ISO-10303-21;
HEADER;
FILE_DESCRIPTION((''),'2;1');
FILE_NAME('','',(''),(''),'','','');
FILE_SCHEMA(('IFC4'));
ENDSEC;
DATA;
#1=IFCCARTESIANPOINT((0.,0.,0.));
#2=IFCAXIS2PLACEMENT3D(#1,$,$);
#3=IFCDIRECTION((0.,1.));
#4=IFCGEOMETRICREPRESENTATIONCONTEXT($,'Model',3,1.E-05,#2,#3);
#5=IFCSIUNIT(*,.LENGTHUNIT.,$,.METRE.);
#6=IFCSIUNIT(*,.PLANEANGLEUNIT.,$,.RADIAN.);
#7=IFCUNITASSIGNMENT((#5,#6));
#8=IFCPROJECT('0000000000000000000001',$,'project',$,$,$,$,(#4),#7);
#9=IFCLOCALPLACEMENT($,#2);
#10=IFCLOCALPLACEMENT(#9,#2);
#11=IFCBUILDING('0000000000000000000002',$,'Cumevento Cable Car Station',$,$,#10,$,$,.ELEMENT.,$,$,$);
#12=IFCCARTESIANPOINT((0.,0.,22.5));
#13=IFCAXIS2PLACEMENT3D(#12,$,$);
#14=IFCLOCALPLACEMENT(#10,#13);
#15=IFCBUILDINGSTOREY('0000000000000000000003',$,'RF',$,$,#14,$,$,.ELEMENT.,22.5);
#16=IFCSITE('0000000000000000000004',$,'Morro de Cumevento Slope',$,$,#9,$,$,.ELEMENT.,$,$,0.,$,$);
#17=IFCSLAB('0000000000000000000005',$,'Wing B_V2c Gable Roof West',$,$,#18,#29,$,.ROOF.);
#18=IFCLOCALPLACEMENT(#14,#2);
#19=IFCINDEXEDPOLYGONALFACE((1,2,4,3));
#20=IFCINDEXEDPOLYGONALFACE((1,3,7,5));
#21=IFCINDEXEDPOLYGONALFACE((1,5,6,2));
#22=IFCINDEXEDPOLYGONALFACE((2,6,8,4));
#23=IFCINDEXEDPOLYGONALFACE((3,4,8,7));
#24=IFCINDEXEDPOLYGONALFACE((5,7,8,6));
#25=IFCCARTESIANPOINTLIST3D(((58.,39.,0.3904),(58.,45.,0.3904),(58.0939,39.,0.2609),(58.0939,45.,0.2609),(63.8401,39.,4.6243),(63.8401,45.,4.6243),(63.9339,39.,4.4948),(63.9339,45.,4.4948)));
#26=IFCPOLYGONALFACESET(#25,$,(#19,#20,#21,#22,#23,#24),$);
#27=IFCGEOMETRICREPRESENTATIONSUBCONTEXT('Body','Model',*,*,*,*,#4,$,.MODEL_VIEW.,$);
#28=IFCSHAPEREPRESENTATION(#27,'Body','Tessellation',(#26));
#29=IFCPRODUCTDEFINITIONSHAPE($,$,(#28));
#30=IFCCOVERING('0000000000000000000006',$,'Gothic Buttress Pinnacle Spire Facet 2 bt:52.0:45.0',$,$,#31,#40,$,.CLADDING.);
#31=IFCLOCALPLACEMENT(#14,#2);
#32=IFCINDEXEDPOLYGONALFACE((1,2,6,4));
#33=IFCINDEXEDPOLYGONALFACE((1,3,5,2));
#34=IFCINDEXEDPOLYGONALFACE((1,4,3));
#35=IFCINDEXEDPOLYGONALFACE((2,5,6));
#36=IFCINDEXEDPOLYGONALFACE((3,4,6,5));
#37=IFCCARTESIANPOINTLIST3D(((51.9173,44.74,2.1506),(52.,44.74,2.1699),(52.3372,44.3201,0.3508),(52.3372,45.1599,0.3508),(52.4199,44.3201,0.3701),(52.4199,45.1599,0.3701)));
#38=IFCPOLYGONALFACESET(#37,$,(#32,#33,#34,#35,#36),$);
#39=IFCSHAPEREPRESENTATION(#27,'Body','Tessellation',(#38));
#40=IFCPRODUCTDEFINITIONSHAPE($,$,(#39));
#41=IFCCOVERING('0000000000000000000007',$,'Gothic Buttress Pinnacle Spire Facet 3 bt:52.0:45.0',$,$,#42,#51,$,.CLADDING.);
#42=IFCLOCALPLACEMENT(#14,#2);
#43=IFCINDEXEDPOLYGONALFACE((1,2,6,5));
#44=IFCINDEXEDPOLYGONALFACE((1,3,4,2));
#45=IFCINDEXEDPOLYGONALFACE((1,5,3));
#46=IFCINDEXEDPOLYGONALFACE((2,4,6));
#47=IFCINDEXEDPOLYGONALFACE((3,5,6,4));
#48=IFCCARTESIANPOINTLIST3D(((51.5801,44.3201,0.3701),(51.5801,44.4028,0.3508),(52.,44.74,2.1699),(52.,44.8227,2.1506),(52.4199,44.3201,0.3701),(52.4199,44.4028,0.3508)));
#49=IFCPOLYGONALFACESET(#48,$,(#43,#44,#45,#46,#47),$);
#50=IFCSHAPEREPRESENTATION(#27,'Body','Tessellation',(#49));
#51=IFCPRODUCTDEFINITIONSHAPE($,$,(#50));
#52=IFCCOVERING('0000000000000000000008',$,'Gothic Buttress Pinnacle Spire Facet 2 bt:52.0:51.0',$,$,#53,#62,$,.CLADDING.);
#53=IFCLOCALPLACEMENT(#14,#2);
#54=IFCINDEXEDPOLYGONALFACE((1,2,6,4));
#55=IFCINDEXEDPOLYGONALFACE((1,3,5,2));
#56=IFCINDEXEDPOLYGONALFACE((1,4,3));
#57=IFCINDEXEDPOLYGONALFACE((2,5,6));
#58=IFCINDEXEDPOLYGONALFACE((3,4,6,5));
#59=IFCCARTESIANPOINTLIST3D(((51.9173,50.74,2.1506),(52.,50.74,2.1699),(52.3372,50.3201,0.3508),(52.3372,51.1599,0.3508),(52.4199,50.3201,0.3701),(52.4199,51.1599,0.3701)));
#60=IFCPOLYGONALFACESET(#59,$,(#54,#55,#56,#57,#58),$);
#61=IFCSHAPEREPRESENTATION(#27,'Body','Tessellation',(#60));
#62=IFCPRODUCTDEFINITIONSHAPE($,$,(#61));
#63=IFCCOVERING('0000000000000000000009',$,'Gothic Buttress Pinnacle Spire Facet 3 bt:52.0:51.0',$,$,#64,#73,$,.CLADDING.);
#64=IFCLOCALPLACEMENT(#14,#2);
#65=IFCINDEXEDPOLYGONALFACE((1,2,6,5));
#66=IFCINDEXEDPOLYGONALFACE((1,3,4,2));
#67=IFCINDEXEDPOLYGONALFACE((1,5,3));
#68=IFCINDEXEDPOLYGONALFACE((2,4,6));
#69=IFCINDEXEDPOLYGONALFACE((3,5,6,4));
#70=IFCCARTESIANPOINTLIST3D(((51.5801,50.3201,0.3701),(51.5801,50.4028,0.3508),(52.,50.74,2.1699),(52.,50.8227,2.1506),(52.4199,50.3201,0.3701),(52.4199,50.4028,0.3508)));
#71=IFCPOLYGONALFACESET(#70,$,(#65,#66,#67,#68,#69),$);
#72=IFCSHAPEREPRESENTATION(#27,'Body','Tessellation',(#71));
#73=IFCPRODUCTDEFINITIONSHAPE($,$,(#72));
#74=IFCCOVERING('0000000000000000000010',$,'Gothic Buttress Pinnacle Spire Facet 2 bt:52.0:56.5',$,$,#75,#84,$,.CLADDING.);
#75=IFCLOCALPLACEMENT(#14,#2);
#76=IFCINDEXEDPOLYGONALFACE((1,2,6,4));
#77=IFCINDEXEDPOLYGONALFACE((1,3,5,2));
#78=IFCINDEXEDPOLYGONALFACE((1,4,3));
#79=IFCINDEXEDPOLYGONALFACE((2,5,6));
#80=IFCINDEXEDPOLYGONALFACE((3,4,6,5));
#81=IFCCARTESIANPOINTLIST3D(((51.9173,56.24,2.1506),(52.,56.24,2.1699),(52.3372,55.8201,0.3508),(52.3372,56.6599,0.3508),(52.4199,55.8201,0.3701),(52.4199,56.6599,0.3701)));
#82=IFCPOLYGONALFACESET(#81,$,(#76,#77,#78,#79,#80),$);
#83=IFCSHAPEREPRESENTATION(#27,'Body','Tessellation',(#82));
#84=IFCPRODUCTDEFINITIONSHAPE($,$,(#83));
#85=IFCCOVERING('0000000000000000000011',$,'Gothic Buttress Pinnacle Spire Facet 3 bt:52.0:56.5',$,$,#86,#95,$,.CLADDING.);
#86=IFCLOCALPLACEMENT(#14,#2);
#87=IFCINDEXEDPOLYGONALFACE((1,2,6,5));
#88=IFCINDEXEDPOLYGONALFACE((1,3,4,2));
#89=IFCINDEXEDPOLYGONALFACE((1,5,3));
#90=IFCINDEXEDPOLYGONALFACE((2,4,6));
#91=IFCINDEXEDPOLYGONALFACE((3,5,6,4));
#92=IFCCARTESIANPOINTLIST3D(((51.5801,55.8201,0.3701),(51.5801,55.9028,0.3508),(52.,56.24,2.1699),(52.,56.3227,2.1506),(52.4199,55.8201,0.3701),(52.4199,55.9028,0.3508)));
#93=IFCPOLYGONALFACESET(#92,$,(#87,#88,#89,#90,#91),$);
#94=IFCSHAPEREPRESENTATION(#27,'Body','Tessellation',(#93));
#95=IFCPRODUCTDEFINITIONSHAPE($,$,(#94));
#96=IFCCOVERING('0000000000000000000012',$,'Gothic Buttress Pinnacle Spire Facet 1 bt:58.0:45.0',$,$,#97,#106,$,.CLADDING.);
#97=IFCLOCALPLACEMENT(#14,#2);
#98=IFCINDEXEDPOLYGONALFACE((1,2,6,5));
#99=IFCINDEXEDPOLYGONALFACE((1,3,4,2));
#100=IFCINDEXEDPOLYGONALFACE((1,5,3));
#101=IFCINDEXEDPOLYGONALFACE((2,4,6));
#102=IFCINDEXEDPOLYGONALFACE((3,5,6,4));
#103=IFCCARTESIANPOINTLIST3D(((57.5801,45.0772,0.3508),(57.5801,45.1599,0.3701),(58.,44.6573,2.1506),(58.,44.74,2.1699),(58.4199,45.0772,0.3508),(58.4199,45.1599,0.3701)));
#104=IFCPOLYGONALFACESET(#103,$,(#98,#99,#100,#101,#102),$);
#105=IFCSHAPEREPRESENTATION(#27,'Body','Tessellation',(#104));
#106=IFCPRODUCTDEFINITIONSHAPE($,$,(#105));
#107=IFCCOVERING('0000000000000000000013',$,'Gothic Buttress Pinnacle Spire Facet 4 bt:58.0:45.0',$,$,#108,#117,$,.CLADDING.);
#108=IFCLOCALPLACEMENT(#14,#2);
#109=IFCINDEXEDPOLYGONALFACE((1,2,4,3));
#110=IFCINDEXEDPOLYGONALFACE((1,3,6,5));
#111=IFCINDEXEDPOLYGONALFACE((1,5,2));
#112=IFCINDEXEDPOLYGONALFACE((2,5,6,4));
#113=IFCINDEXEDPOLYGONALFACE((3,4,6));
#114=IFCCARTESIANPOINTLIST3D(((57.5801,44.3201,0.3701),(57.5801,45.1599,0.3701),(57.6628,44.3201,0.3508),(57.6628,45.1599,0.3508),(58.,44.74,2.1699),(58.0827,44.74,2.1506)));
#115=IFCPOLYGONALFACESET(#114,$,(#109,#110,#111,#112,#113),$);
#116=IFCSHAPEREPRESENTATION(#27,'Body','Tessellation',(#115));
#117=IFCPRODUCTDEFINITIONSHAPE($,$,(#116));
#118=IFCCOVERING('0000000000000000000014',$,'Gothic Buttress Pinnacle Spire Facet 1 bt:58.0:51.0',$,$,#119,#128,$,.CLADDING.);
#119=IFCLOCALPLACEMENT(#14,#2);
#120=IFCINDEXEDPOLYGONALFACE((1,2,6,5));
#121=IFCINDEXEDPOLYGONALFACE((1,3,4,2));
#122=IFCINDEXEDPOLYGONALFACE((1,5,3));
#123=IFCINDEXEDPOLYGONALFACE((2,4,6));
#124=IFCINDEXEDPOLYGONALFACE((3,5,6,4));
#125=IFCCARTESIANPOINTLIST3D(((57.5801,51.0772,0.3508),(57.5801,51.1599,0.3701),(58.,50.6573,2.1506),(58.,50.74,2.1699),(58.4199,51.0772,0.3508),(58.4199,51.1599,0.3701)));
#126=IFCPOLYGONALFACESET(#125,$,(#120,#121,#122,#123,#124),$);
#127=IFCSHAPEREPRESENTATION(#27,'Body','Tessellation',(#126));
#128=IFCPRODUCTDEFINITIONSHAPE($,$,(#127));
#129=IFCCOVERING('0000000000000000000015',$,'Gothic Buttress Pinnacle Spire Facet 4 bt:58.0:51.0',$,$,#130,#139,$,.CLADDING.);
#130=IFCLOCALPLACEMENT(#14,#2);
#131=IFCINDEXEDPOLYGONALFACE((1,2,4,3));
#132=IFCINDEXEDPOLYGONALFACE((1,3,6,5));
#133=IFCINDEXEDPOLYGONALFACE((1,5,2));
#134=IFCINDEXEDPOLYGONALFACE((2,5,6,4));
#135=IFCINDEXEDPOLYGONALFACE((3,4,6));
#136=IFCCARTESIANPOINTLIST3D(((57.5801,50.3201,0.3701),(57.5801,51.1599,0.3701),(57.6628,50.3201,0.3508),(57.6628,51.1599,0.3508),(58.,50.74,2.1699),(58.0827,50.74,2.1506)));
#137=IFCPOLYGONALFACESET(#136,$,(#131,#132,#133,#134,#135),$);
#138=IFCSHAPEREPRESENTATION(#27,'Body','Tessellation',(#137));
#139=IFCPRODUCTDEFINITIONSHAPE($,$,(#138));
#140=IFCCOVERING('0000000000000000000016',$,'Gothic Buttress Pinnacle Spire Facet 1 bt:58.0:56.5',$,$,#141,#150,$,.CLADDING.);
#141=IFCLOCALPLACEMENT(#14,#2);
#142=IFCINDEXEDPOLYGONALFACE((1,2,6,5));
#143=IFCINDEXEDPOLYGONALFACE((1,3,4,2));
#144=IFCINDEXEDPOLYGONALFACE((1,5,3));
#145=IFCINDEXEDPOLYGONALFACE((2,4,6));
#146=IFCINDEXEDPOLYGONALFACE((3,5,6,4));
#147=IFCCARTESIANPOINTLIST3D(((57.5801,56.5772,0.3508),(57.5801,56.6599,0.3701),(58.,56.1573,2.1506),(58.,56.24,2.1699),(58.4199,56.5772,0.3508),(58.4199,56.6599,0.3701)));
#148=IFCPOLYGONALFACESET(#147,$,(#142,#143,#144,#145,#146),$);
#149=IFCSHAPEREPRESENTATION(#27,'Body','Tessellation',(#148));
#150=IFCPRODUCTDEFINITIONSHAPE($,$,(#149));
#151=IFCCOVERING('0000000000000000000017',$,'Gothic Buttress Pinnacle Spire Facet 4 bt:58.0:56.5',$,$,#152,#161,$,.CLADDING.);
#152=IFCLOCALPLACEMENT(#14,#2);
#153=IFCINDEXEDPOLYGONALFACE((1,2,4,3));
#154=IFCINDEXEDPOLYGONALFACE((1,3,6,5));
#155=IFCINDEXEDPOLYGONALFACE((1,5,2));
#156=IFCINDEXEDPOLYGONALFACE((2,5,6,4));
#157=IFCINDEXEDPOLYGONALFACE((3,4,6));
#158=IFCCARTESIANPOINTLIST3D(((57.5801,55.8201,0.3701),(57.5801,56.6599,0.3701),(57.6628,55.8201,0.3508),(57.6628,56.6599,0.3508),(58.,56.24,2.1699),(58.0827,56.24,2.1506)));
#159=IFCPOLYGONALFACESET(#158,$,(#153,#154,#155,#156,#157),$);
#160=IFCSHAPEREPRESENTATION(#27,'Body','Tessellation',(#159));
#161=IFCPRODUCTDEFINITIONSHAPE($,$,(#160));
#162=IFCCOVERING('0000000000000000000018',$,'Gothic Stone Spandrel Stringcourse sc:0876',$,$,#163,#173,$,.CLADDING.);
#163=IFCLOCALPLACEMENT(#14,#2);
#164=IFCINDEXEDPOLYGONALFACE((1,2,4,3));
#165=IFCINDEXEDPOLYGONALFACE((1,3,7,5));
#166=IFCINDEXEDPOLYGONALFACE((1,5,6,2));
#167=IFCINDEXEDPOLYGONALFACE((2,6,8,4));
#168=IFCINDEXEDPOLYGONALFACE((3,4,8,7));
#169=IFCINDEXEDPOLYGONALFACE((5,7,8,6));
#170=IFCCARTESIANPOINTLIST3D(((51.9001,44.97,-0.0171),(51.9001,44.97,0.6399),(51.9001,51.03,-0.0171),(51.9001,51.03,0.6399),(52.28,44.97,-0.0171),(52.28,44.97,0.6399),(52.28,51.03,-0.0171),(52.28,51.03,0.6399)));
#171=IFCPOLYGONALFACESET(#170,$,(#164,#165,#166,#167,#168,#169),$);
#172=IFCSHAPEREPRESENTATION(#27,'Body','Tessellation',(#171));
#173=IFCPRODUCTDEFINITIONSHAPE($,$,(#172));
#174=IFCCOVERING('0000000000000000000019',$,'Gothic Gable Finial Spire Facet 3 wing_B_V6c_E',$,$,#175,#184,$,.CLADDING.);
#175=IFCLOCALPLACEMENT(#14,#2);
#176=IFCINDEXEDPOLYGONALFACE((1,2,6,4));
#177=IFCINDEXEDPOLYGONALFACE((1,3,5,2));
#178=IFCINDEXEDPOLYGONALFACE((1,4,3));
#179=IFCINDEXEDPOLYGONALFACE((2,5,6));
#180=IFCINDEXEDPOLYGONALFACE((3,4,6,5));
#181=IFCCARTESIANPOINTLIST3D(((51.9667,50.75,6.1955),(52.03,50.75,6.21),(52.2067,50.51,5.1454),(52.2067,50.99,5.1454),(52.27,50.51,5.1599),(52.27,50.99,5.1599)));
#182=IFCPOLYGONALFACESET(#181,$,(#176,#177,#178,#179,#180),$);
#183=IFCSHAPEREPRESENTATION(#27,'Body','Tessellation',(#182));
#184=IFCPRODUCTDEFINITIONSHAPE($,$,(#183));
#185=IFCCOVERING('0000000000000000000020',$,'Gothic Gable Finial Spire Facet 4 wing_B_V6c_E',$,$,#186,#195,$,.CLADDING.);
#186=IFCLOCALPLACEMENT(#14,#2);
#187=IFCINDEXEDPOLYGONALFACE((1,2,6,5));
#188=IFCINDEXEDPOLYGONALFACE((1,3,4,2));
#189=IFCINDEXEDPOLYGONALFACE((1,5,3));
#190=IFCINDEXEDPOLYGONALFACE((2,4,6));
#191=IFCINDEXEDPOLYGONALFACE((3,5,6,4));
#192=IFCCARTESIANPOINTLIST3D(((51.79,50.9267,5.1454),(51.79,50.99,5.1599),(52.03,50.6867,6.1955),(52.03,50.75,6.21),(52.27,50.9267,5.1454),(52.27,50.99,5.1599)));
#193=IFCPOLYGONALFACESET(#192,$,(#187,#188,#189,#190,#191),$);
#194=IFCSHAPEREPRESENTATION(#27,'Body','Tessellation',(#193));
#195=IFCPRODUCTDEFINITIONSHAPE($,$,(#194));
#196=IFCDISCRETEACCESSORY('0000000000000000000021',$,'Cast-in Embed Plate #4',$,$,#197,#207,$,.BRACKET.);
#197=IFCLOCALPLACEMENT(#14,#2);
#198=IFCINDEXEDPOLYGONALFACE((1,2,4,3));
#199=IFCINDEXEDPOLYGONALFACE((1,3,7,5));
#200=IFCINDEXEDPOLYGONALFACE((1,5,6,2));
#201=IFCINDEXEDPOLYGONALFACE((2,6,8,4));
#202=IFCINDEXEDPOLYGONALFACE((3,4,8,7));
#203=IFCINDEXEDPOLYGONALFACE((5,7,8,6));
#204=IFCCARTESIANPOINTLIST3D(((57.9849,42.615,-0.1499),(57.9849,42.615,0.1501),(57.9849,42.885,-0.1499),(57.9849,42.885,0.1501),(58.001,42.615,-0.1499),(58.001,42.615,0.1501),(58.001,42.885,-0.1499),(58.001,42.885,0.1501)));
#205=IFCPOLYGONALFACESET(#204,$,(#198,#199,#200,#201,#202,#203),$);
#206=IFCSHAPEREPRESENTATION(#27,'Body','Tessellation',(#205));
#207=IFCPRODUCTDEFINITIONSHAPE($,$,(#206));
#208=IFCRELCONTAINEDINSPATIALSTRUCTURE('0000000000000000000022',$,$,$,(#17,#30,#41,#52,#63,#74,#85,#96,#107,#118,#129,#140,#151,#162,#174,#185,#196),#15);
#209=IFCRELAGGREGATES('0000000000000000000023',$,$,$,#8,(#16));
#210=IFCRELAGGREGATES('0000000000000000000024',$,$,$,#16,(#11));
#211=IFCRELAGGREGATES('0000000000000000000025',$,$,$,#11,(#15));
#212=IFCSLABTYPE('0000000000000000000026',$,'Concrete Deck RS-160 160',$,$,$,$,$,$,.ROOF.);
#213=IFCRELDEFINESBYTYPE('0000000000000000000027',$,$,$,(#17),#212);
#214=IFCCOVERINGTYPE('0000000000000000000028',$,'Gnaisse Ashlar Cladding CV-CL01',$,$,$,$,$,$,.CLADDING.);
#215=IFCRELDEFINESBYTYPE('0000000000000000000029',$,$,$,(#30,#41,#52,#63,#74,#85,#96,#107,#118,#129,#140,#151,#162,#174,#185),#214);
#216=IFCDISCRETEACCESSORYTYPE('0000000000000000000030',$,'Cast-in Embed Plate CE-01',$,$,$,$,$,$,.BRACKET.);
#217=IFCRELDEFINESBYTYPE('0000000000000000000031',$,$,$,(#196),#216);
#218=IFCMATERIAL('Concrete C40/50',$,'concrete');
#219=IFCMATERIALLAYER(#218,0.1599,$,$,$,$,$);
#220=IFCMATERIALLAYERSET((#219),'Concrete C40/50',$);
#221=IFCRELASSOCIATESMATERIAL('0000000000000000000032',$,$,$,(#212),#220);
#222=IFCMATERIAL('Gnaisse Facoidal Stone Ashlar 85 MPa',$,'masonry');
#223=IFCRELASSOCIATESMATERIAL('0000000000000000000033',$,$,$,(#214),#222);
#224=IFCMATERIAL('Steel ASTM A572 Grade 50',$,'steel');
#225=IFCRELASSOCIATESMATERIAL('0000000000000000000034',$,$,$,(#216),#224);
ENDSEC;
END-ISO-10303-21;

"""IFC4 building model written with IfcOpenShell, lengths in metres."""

from ifc_helpers import new_model, si_unit, direction, frame, origin, origin_2d, place, context, subcontext, project, spatial, polyline, rectangle, outline, extrude, material, layer, layer_set, type_object, element, save


model = new_model("IFC4")

# Units and contexts
model_context = context("Model", 3, precision=1e-05, world=origin(), true_north=direction((0.0, 1.0)))
body_context = subcontext(model_context, "Body", "Model", "MODEL_VIEW")
ifc_project = project(units=[si_unit("LENGTHUNIT", "METRE"), si_unit("PLANEANGLEUNIT", "RADIAN")], contexts=[model_context])

# Site, building, storey
site_placement = place(None, origin())
site = spatial("IfcSite", under=ifc_project, at=site_placement, Name="Morro de Cumevento Slope", CompositionType="ELEMENT", RefElevation=0.0)
building_placement = place(site_placement, origin())
building = spatial("IfcBuilding", under=site, at=building_placement, Name="Cumevento Cable Car Station", CompositionType="ELEMENT")
storey_placement = place(building_placement, frame((0.0, 0.0, 22.5)))
storey = spatial("IfcBuildingStorey", under=building, at=storey_placement, Name="RF", CompositionType="ELEMENT", Elevation=22.5)

# Slab
ifc_material_1 = material(Name="Concrete C40/50", Category="concrete")
ifc_layer = layer(ifc_material_1, 0.1599)
ifc_layer_set = layer_set([ifc_layer], Name="Concrete C40/50")
slab_type = type_object("IfcSlabType", Name="Concrete Deck RS-160 160", PredefinedType="ROOF", material=ifc_layer_set)
slab_placement = place(storey_placement, frame((58.0, 45.0, 0.3904), z_axis=(-0.586951, 0.0, 0.809622), x_axis=(0.0, -1.0, 0.0)))
element("IfcSlab", 1, at=slab_placement, inside=storey, type_object=slab_type, Name="Wing B_V2c Gable Roof West", PredefinedType="ROOF", context=body_context, shape_type="SweptSolid", body=[
    extrude(outline(polyline([(0.0, 0.0), (6.0, 0.0), (6.0, 7.2134), (0.0, 7.2134), (0.0, 0.0)])), origin(), (0.0, 0.0, -1.0), 0.1599),
])

# Coverings
ifc_material_2 = material(Name="Gnaisse Facoidal Stone Ashlar 85 MPa", Category="masonry")
covering_type = type_object("IfcCoveringType", Name="Gnaisse Ashlar Cladding CV-CL01", PredefinedType="CLADDING", material=ifc_material_2)
for number, where, z_axis, x_axis, name in (
    (2, (52.4199, 45.1599, 0.3701), (0.973845, 0.0, 0.227213), (0.0, -1.0, 0.0), "Gothic Buttress Pinnacle Spire Facet 2 bt:52.0:45.0"),
    (3, (52.4199, 44.3201, 0.3701), (0.0, -0.973845, 0.227213), (-1.0, 0.0, 0.0), "Gothic Buttress Pinnacle Spire Facet 3 bt:52.0:45.0"),
    (4, (52.4199, 51.1599, 0.3701), (0.973845, 0.0, 0.227213), (0.0, -1.0, 0.0), "Gothic Buttress Pinnacle Spire Facet 2 bt:52.0:51.0"),
    (5, (52.4199, 50.3201, 0.3701), (0.0, -0.973845, 0.227213), (-1.0, 0.0, 0.0), "Gothic Buttress Pinnacle Spire Facet 3 bt:52.0:51.0"),
    (6, (52.4199, 56.6599, 0.3701), (0.973845, 0.0, 0.227213), (0.0, -1.0, 0.0), "Gothic Buttress Pinnacle Spire Facet 2 bt:52.0:56.5"),
    (7, (52.4199, 55.8201, 0.3701), (0.0, -0.973845, 0.227213), (-1.0, 0.0, 0.0), "Gothic Buttress Pinnacle Spire Facet 3 bt:52.0:56.5"),
    (8, (57.5801, 45.1599, 0.3701), (0.0, 0.973845, 0.227213), (1.0, 0.0, 0.0), "Gothic Buttress Pinnacle Spire Facet 1 bt:58.0:45.0"),
    (9, (57.5801, 44.3201, 0.3701), (-0.973845, 0.0, 0.227213), (0.0, 1.0, 0.0), "Gothic Buttress Pinnacle Spire Facet 4 bt:58.0:45.0"),
    (10, (57.5801, 51.1599, 0.3701), (0.0, 0.973845, 0.227213), (1.0, 0.0, 0.0), "Gothic Buttress Pinnacle Spire Facet 1 bt:58.0:51.0"),
    (11, (57.5801, 50.3201, 0.3701), (-0.973845, 0.0, 0.227213), (0.0, 1.0, 0.0), "Gothic Buttress Pinnacle Spire Facet 4 bt:58.0:51.0"),
    (12, (57.5801, 56.6599, 0.3701), (0.0, 0.973845, 0.227213), (1.0, 0.0, 0.0), "Gothic Buttress Pinnacle Spire Facet 1 bt:58.0:56.5"),
    (13, (57.5801, 55.8201, 0.3701), (-0.973845, 0.0, 0.227213), (0.0, 1.0, 0.0), "Gothic Buttress Pinnacle Spire Facet 4 bt:58.0:56.5"),
):
    element("IfcCovering", number, at=place(storey_placement, frame(where, z_axis=z_axis, x_axis=x_axis)), inside=storey, type_object=covering_type, Name=name, PredefinedType="CLADDING", context=body_context, shape_type="SweptSolid", body=[
        extrude(outline(polyline([(0.0, 0.0), (0.8398, 0.0), (0.4199, -1.8481), (0.0, 0.0)])), origin(), (0.0, 0.0, -1.0), 0.085),
    ])
covering_1_placement = place(storey_placement, frame((52.0901, 48.0, -0.0171), z_axis=(0.0, 0.0, 1.0), x_axis=(0.0, 1.0, 0.0)))
element("IfcCovering", 14, at=covering_1_placement, inside=storey, type_object=covering_type, Name="Gothic Stone Spandrel Stringcourse sc:0876", PredefinedType="CLADDING", context=body_context, shape_type="SweptSolid", body=[
    extrude(rectangle(XDim=6.0601, YDim=0.3799, at=origin_2d()), origin(), (0.0, 0.0, 1.0), 0.657),
])
for number, where, z_axis, x_axis, name in (
    (15, (52.27, 50.51, 5.1599), (0.974863, 0.0, 0.222806), (0.0, 1.0, 0.0), "Gothic Gable Finial Spire Facet 3 wing_B_V6c_E"),
    (16, (52.27, 50.99, 5.1599), (0.0, 0.974863, 0.222806), (-1.0, 0.0, 0.0), "Gothic Gable Finial Spire Facet 4 wing_B_V6c_E"),
):
    element("IfcCovering", number, at=place(storey_placement, frame(where, z_axis=z_axis, x_axis=x_axis)), inside=storey, type_object=covering_type, Name=name, PredefinedType="CLADDING", context=body_context, shape_type="SweptSolid", body=[
        extrude(outline(polyline([(0.0, 0.0), (0.48, 0.0), (0.24, 1.0771), (0.0, 0.0)])), origin(), (0.0, 0.0, -1.0), 0.0649),
    ])

# Discrete accessory
ifc_material_3 = material(Name="Steel ASTM A572 Grade 50", Category="steel")
discrete_accessory_type = type_object("IfcDiscreteAccessoryType", Name="Cast-in Embed Plate CE-01", PredefinedType="BRACKET", material=ifc_material_3)
discrete_accessory_placement = place(storey_placement, frame((57.9929, 42.75, -0.1499), z_axis=(0.0, 0.0, 1.0), x_axis=(-1.0, 0.0, 0.0)))
element("IfcDiscreteAccessory", 17, at=discrete_accessory_placement, inside=storey, type_object=discrete_accessory_type, Name="Cast-in Embed Plate #4", PredefinedType="BRACKET", context=body_context, shape_type="SweptSolid", body=[
    extrude(rectangle(XDim=0.0161, YDim=0.27, at=origin_2d()), origin(), (0.0, 0.0, 1.0), 0.3),
])

save(model, "model.ifc")
